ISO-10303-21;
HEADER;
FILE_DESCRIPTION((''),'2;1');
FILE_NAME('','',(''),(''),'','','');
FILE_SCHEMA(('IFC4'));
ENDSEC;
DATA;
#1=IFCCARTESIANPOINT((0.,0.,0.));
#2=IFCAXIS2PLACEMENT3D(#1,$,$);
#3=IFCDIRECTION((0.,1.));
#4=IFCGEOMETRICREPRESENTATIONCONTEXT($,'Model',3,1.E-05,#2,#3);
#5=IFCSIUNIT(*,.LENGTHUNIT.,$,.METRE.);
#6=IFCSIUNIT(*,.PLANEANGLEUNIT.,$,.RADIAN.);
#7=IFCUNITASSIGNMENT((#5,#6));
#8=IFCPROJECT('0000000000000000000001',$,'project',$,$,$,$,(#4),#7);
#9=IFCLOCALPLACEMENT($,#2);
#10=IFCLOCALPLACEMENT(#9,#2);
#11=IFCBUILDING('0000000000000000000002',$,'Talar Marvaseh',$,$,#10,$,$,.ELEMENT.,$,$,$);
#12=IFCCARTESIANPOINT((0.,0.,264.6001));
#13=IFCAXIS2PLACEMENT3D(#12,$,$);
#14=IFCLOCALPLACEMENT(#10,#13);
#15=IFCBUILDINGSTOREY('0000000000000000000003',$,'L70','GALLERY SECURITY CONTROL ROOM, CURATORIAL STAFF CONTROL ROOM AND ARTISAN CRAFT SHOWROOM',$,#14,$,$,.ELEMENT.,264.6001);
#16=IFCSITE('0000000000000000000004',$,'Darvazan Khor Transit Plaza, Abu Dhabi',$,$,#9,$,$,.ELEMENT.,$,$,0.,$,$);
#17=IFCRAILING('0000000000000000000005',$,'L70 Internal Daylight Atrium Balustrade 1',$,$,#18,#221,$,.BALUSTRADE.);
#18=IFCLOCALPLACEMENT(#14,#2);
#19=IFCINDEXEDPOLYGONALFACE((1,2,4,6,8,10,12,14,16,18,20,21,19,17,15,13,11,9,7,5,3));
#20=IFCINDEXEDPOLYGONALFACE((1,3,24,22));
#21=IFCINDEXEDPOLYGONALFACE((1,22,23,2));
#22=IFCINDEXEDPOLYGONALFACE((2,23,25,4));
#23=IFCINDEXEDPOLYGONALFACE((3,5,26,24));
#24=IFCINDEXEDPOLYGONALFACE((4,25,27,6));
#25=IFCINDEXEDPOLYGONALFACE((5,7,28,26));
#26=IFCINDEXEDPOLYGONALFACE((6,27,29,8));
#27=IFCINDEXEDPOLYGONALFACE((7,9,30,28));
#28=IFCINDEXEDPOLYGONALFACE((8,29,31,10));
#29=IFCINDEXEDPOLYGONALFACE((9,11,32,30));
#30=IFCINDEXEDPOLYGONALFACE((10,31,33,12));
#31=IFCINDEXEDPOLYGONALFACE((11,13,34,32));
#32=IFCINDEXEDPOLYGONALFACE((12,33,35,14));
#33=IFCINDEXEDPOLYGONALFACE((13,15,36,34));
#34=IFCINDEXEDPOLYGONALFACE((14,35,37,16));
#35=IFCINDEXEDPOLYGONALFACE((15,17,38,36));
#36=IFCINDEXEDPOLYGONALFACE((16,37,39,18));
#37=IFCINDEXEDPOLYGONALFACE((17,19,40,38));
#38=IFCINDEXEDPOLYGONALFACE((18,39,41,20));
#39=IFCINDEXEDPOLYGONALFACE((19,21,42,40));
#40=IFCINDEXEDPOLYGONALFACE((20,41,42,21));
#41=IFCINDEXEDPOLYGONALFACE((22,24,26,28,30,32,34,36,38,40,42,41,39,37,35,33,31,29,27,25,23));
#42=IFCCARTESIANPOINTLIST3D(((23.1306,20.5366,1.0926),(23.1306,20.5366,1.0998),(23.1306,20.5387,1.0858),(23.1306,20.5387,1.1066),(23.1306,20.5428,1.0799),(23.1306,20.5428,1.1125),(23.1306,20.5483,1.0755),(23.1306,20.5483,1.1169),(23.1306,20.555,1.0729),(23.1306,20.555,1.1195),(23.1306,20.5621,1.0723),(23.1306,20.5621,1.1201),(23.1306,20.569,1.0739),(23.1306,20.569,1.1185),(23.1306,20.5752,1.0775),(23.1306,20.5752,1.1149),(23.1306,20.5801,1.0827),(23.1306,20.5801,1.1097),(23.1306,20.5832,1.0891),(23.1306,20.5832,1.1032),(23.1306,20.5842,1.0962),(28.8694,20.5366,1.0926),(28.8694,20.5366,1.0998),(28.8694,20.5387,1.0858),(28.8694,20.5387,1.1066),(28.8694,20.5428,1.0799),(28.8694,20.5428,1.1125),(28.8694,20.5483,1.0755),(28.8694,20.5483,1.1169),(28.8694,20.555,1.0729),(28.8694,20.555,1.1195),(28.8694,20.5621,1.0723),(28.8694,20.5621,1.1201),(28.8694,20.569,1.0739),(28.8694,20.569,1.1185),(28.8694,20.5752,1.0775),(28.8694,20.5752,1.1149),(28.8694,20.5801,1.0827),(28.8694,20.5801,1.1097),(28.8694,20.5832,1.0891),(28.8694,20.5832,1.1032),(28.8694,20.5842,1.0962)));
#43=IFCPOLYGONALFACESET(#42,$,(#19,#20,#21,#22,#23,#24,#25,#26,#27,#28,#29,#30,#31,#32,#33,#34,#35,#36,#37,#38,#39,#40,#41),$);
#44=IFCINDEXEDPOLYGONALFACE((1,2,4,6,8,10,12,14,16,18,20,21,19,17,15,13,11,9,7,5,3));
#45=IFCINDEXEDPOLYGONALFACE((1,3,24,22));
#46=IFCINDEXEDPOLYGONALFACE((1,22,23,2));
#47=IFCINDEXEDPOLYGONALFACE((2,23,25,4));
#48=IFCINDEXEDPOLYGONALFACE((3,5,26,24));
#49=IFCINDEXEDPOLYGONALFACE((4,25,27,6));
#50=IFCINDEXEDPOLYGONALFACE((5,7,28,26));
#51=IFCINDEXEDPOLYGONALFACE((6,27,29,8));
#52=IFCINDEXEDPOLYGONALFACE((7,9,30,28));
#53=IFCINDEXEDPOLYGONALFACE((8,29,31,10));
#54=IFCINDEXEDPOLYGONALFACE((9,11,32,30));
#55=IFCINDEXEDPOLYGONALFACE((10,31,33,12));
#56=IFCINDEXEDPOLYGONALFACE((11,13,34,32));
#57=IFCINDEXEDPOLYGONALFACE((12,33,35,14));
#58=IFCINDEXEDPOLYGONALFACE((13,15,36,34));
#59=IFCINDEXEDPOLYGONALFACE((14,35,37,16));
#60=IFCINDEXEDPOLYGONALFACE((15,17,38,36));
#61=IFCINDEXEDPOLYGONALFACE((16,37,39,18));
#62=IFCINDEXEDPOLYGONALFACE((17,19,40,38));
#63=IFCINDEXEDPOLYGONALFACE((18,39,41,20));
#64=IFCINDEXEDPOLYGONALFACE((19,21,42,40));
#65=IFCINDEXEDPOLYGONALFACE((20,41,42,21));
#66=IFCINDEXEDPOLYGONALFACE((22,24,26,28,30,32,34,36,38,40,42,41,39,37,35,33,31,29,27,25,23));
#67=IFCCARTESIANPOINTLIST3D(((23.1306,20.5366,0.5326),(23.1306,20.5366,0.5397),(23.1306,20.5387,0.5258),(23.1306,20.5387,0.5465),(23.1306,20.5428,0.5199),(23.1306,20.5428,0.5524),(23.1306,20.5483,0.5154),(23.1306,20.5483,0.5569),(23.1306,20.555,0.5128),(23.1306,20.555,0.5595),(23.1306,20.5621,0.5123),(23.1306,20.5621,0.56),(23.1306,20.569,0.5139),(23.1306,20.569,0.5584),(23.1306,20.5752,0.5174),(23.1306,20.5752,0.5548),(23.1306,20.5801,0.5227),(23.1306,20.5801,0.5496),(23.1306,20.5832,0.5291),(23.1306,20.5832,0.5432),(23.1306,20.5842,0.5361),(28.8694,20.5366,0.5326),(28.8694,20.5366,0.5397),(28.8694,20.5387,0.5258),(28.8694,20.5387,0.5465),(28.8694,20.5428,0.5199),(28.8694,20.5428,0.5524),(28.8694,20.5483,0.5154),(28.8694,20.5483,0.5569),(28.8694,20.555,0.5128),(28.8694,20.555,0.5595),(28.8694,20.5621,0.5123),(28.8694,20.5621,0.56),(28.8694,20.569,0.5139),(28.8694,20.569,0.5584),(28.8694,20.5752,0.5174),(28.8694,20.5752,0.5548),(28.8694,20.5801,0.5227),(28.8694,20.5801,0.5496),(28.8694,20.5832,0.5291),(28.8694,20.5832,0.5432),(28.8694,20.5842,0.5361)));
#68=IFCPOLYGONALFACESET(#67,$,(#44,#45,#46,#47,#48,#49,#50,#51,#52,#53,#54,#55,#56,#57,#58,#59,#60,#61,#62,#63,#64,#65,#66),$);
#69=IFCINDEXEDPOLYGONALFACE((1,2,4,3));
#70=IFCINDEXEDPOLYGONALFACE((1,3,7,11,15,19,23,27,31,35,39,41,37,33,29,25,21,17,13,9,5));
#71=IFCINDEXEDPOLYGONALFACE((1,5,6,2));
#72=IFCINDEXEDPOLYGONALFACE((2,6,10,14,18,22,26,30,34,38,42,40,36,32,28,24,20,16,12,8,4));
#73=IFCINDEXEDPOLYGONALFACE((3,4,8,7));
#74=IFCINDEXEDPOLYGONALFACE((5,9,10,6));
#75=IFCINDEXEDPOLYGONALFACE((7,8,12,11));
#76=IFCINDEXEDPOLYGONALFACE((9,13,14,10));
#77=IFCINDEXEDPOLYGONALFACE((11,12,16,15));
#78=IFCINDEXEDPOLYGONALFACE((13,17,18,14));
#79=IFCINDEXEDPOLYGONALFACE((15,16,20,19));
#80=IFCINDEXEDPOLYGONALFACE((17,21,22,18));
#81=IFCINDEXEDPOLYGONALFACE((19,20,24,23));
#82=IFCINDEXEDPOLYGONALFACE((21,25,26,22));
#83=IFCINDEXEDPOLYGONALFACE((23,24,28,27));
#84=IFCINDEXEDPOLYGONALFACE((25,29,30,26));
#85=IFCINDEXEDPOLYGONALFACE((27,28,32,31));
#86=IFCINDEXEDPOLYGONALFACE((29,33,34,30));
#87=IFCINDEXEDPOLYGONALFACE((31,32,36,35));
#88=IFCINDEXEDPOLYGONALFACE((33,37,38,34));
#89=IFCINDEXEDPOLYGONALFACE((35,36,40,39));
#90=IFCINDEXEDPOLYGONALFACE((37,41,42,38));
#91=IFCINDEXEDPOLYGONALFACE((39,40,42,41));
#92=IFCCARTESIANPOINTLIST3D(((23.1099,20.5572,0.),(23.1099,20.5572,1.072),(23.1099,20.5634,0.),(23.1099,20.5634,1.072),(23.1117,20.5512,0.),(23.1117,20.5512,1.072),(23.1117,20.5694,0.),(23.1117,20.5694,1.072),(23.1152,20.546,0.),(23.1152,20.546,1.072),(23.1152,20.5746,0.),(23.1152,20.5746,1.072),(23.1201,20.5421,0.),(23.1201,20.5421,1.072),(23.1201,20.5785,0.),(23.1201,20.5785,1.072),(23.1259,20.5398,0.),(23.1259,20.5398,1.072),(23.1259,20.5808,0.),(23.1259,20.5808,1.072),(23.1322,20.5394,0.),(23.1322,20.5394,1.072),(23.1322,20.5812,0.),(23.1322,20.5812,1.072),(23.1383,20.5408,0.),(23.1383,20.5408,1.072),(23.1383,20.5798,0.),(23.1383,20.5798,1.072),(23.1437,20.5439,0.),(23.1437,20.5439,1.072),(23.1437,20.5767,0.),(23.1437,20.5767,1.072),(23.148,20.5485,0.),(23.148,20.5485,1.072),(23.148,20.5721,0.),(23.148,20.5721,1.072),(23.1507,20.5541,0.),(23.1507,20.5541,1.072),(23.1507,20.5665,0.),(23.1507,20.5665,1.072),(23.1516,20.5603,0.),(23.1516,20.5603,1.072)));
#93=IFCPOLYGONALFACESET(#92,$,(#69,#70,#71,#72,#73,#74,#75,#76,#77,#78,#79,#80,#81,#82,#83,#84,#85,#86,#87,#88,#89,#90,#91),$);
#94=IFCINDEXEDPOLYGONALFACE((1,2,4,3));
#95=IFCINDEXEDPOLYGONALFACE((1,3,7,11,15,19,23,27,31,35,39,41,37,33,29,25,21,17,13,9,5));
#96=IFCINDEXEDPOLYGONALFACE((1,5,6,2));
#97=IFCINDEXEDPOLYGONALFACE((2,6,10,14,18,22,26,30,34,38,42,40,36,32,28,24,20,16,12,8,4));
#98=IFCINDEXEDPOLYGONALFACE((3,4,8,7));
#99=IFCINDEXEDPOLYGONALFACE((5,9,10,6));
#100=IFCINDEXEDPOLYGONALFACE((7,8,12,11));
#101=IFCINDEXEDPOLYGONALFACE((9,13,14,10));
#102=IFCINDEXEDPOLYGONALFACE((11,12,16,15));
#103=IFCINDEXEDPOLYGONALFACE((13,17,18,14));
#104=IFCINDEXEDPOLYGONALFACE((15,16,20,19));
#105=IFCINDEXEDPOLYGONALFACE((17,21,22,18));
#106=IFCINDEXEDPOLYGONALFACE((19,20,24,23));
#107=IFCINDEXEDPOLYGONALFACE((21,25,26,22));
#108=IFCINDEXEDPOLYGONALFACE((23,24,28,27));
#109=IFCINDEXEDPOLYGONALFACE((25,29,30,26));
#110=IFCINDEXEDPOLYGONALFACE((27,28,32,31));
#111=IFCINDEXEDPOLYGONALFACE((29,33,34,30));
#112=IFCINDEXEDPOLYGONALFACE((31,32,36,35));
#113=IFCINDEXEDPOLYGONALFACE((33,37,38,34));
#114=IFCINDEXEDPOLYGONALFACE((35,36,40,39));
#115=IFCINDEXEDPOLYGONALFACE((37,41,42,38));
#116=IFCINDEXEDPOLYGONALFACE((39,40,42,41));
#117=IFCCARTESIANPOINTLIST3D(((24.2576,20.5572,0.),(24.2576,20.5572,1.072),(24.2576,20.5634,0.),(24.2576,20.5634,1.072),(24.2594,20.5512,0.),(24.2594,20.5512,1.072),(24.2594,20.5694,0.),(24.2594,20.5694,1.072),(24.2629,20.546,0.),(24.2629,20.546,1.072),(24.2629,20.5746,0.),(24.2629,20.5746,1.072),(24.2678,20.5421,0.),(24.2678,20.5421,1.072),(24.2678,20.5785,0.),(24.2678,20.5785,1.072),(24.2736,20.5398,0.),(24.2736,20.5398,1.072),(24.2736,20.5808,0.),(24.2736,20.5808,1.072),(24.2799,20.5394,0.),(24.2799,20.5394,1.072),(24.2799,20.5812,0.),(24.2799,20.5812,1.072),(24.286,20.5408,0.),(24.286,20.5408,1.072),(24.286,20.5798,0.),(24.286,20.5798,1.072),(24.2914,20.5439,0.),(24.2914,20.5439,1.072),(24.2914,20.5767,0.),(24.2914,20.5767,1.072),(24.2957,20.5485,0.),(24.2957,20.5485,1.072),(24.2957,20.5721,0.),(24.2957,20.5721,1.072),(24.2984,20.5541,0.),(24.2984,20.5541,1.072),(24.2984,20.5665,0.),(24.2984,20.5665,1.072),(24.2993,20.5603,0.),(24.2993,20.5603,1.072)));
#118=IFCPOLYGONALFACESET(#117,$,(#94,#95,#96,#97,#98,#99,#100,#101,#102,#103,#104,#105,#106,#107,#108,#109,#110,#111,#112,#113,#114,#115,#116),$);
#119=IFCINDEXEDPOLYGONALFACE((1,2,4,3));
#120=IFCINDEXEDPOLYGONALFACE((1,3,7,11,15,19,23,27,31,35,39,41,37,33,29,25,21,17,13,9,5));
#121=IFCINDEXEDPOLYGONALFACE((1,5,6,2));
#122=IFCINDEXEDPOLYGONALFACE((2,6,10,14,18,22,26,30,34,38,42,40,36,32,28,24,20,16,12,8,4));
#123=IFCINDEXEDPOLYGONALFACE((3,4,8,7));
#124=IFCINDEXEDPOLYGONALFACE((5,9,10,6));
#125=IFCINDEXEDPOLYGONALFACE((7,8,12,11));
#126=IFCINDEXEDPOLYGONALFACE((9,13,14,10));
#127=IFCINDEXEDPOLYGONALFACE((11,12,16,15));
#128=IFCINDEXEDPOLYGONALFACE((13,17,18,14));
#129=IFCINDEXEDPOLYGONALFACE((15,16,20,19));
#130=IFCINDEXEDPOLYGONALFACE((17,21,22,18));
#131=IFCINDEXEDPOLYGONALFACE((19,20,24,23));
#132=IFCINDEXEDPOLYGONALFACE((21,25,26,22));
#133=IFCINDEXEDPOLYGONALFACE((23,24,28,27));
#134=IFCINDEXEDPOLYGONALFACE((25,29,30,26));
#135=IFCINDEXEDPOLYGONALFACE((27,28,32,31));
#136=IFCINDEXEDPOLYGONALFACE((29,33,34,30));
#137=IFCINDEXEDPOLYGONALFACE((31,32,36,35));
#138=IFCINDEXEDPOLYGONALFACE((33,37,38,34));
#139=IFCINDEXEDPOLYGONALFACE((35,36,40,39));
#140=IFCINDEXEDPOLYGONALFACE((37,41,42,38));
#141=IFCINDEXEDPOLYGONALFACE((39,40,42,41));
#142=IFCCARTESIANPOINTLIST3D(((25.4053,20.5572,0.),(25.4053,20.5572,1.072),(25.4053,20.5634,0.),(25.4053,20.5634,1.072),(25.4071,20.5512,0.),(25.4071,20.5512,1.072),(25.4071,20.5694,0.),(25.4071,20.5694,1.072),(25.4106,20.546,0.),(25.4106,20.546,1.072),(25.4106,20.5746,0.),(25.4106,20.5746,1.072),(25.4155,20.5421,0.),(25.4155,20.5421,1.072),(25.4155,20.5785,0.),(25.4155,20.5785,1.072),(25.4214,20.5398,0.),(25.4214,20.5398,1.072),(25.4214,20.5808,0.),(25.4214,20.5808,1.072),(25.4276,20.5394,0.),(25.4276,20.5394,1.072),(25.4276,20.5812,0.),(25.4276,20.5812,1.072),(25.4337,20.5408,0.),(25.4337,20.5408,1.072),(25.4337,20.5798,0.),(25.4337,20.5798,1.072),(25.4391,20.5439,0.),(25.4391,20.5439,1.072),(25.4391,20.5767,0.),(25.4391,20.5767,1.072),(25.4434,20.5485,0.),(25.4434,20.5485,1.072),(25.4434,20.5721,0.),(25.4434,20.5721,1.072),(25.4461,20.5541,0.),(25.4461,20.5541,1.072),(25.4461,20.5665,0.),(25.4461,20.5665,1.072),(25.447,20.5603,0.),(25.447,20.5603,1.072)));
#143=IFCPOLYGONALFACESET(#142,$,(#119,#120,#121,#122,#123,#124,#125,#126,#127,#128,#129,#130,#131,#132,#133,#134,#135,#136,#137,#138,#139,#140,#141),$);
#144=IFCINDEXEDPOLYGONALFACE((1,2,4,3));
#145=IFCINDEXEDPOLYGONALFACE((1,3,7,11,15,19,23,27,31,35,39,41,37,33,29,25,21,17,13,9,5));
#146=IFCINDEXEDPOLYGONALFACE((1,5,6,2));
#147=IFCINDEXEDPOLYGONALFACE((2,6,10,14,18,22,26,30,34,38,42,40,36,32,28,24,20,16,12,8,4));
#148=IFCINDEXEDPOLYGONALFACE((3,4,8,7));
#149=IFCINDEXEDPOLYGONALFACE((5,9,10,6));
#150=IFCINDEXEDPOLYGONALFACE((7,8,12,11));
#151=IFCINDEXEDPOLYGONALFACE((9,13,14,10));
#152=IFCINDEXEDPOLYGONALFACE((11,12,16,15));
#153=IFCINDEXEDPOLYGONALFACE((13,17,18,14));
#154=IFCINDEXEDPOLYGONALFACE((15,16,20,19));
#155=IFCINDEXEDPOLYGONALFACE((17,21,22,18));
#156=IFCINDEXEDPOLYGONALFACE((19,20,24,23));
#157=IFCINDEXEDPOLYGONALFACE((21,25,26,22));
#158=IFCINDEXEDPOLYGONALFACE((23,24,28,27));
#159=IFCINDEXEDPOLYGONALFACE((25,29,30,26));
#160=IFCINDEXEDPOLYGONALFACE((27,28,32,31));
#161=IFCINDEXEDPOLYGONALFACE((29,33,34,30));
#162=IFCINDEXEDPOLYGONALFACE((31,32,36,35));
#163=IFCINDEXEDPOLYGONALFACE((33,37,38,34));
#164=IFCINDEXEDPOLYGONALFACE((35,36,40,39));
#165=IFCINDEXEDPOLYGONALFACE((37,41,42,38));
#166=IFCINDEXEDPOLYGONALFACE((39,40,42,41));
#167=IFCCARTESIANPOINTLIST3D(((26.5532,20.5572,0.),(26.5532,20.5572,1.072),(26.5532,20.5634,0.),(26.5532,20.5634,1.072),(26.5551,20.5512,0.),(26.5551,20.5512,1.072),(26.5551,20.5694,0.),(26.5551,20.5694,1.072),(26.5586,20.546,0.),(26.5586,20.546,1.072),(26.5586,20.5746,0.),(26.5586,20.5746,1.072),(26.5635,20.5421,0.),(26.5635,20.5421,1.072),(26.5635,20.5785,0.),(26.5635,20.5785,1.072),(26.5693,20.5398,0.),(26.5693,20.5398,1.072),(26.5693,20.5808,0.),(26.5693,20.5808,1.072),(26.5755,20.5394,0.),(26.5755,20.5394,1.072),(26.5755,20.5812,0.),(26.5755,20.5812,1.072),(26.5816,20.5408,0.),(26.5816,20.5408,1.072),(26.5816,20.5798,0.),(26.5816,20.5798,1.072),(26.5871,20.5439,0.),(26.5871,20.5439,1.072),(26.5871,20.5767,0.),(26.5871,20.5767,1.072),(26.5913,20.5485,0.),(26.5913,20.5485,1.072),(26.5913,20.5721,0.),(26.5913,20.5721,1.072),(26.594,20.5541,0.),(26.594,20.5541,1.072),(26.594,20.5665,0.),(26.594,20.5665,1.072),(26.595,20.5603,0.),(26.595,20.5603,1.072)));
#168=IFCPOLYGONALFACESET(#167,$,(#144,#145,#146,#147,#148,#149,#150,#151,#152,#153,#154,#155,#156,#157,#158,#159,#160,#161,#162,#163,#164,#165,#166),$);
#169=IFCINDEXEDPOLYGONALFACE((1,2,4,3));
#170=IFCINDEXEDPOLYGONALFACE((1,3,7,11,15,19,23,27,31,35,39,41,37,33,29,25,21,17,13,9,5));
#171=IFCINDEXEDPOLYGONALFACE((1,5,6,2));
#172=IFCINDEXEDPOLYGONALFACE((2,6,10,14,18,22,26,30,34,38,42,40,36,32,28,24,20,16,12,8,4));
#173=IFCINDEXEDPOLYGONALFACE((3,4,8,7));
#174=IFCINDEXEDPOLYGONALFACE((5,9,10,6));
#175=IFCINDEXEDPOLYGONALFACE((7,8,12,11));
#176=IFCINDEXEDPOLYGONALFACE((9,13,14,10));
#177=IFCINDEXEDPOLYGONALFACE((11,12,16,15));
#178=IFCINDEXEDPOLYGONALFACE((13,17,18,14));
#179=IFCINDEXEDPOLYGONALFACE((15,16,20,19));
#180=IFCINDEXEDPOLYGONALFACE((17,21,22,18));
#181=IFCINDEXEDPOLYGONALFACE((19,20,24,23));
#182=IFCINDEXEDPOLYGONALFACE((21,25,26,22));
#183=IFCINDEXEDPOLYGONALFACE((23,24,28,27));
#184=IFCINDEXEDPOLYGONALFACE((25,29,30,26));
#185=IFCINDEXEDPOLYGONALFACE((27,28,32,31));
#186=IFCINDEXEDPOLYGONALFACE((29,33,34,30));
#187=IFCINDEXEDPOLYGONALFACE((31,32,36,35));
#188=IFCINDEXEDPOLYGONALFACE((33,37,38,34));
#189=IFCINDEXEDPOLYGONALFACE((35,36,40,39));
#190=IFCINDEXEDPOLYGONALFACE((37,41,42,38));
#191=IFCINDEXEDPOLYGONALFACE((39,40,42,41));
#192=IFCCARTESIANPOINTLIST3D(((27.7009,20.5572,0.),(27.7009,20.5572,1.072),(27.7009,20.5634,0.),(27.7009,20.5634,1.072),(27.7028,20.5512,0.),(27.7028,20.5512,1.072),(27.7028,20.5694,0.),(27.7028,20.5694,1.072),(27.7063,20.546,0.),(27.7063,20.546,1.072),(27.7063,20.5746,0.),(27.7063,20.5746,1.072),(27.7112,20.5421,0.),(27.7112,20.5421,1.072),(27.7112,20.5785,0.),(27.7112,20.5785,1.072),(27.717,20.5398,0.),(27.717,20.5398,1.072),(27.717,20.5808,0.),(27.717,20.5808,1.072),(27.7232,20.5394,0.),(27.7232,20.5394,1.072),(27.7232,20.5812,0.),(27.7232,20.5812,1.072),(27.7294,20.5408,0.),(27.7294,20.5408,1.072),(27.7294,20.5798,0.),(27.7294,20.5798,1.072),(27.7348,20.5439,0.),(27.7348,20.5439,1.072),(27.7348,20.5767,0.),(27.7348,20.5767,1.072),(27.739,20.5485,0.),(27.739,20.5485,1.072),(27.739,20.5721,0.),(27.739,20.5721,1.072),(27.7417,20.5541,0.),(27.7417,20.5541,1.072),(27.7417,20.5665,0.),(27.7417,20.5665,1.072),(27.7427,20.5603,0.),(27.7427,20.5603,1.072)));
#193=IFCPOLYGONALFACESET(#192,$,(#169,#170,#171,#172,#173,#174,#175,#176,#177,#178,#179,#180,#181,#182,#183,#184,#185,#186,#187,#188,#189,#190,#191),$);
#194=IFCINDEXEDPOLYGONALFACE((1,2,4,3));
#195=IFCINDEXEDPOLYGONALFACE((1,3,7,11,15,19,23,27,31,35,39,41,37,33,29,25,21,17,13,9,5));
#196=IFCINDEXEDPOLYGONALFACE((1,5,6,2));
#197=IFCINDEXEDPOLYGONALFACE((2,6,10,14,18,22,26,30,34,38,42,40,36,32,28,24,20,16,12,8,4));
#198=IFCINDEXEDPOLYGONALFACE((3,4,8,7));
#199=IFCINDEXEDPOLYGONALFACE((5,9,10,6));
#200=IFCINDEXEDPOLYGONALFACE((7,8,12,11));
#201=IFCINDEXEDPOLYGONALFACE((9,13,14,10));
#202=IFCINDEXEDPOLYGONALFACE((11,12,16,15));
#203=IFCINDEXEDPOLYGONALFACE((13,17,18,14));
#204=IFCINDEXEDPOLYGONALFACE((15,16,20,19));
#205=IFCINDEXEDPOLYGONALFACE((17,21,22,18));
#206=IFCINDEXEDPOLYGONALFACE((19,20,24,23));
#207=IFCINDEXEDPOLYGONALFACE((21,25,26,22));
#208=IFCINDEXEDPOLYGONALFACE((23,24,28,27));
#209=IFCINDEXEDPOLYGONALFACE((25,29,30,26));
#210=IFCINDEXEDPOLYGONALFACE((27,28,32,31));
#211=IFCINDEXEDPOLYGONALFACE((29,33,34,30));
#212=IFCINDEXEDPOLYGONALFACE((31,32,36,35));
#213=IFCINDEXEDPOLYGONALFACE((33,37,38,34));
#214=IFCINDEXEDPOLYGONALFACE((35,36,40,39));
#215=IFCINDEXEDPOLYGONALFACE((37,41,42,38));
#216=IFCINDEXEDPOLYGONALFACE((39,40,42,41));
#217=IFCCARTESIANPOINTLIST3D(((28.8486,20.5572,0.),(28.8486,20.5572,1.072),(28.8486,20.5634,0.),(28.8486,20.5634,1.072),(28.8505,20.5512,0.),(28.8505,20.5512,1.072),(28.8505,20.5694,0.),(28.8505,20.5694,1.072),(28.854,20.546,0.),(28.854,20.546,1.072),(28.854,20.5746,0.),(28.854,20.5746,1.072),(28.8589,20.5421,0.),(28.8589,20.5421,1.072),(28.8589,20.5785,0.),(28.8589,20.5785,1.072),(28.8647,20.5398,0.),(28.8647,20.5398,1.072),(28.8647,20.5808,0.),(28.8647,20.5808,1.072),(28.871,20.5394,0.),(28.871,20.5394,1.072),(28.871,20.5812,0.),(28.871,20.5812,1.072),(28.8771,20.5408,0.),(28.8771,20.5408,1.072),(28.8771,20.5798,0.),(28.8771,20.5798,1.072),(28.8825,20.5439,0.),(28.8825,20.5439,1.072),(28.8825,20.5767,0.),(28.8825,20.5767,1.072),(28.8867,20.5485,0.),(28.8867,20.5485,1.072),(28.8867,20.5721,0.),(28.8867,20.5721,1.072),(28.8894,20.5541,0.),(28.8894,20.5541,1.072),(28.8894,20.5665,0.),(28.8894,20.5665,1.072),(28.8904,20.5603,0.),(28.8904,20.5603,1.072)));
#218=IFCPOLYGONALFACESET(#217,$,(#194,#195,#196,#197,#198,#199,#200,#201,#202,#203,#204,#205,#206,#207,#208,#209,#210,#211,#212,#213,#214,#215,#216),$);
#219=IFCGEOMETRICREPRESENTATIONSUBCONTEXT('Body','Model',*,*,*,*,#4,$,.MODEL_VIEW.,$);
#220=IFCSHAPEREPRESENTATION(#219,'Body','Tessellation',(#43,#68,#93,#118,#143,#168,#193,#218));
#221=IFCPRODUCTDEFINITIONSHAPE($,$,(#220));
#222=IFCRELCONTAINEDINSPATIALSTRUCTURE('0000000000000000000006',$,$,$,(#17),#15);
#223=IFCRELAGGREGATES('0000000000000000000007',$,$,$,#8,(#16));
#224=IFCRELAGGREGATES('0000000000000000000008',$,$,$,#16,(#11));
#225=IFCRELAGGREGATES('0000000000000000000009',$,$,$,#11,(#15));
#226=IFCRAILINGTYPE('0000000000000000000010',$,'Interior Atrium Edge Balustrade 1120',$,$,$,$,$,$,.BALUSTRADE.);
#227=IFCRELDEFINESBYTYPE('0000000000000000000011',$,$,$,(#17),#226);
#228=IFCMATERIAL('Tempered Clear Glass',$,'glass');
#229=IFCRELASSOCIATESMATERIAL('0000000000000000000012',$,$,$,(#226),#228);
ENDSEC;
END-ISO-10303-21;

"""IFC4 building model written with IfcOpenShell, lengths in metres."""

from ifc_helpers import new_model, si_unit, direction, frame, origin, origin_2d, place, context, subcontext, project, spatial, circle, extrude, material, type_object, element, save


model = new_model("IFC4")

# Units and contexts
model_context = context("Model", 3, precision=1e-05, world=origin(), true_north=direction((0.0, 1.0)))
body_context = subcontext(model_context, "Body", "Model", "MODEL_VIEW")
ifc_project = project(units=[si_unit("LENGTHUNIT", "METRE"), si_unit("PLANEANGLEUNIT", "RADIAN")], contexts=[model_context])

# Site, building, storey
site_placement = place(None, origin())
site = spatial("IfcSite", under=ifc_project, at=site_placement, Name="Darvazan Khor Transit Plaza, Abu Dhabi", CompositionType="ELEMENT", RefElevation=0.0)
building_placement = place(site_placement, origin())
building = spatial("IfcBuilding", under=site, at=building_placement, Name="Talar Marvaseh", CompositionType="ELEMENT")
storey_placement = place(building_placement, frame((0.0, 0.0, 264.6001)))
storey = spatial("IfcBuildingStorey", under=building, at=storey_placement, Name="L70", Description="GALLERY SECURITY CONTROL ROOM, CURATORIAL STAFF CONTROL ROOM AND ARTISAN CRAFT SHOWROOM", CompositionType="ELEMENT", Elevation=264.6001)

# Railing
ifc_material_1 = material(Name="Tempered Clear Glass", Category="glass")
railing_type = type_object("IfcRailingType", Name="Interior Atrium Edge Balustrade 1120", PredefinedType="BALUSTRADE", material=ifc_material_1)
railing_1_placement = place(storey_placement, frame((23.1306, 20.5603, 0.0)))
element("IfcRailing", 1, at=railing_1_placement, inside=storey, type_object=railing_type, Name="L70 Internal Daylight Atrium Balustrade 1", PredefinedType="BALUSTRADE", context=body_context, shape_type="SweptSolid", body=[
    extrude(circle(Radius=0.0239, at=origin_2d()), frame((0.0, 0.0, 1.0962), z_axis=(1.0, 0.0, 0.0), x_axis=(0.0, 1.0, 0.0)), (0.0, 0.0, 1.0), 5.7388),
    extrude(circle(Radius=0.0239, at=origin_2d()), frame((0.0, 0.0, 0.5361), z_axis=(1.0, 0.0, 0.0), x_axis=(0.0, 1.0, 0.0)), (0.0, 0.0, 1.0), 5.7388),
    extrude(circle(Radius=0.021, at=origin_2d()), origin(), (0.0, 0.0, 1.0), 1.072),
    extrude(circle(Radius=0.021, at=origin_2d()), frame((1.1477, 0.0, 0.0)), (0.0, 0.0, 1.0), 1.072),
    extrude(circle(Radius=0.021, at=origin_2d()), frame((2.2954, 0.0, 0.0)), (0.0, 0.0, 1.0), 1.072),
    extrude(circle(Radius=0.021, at=origin_2d()), frame((3.4434, 0.0, 0.0)), (0.0, 0.0, 1.0), 1.072),
    extrude(circle(Radius=0.021, at=origin_2d()), frame((4.5911, 0.0, 0.0)), (0.0, 0.0, 1.0), 1.072),
    extrude(circle(Radius=0.021, at=origin_2d()), frame((5.7388, 0.0, 0.0)), (0.0, 0.0, 1.0), 1.072),
])

save(model, "model.ifc")
